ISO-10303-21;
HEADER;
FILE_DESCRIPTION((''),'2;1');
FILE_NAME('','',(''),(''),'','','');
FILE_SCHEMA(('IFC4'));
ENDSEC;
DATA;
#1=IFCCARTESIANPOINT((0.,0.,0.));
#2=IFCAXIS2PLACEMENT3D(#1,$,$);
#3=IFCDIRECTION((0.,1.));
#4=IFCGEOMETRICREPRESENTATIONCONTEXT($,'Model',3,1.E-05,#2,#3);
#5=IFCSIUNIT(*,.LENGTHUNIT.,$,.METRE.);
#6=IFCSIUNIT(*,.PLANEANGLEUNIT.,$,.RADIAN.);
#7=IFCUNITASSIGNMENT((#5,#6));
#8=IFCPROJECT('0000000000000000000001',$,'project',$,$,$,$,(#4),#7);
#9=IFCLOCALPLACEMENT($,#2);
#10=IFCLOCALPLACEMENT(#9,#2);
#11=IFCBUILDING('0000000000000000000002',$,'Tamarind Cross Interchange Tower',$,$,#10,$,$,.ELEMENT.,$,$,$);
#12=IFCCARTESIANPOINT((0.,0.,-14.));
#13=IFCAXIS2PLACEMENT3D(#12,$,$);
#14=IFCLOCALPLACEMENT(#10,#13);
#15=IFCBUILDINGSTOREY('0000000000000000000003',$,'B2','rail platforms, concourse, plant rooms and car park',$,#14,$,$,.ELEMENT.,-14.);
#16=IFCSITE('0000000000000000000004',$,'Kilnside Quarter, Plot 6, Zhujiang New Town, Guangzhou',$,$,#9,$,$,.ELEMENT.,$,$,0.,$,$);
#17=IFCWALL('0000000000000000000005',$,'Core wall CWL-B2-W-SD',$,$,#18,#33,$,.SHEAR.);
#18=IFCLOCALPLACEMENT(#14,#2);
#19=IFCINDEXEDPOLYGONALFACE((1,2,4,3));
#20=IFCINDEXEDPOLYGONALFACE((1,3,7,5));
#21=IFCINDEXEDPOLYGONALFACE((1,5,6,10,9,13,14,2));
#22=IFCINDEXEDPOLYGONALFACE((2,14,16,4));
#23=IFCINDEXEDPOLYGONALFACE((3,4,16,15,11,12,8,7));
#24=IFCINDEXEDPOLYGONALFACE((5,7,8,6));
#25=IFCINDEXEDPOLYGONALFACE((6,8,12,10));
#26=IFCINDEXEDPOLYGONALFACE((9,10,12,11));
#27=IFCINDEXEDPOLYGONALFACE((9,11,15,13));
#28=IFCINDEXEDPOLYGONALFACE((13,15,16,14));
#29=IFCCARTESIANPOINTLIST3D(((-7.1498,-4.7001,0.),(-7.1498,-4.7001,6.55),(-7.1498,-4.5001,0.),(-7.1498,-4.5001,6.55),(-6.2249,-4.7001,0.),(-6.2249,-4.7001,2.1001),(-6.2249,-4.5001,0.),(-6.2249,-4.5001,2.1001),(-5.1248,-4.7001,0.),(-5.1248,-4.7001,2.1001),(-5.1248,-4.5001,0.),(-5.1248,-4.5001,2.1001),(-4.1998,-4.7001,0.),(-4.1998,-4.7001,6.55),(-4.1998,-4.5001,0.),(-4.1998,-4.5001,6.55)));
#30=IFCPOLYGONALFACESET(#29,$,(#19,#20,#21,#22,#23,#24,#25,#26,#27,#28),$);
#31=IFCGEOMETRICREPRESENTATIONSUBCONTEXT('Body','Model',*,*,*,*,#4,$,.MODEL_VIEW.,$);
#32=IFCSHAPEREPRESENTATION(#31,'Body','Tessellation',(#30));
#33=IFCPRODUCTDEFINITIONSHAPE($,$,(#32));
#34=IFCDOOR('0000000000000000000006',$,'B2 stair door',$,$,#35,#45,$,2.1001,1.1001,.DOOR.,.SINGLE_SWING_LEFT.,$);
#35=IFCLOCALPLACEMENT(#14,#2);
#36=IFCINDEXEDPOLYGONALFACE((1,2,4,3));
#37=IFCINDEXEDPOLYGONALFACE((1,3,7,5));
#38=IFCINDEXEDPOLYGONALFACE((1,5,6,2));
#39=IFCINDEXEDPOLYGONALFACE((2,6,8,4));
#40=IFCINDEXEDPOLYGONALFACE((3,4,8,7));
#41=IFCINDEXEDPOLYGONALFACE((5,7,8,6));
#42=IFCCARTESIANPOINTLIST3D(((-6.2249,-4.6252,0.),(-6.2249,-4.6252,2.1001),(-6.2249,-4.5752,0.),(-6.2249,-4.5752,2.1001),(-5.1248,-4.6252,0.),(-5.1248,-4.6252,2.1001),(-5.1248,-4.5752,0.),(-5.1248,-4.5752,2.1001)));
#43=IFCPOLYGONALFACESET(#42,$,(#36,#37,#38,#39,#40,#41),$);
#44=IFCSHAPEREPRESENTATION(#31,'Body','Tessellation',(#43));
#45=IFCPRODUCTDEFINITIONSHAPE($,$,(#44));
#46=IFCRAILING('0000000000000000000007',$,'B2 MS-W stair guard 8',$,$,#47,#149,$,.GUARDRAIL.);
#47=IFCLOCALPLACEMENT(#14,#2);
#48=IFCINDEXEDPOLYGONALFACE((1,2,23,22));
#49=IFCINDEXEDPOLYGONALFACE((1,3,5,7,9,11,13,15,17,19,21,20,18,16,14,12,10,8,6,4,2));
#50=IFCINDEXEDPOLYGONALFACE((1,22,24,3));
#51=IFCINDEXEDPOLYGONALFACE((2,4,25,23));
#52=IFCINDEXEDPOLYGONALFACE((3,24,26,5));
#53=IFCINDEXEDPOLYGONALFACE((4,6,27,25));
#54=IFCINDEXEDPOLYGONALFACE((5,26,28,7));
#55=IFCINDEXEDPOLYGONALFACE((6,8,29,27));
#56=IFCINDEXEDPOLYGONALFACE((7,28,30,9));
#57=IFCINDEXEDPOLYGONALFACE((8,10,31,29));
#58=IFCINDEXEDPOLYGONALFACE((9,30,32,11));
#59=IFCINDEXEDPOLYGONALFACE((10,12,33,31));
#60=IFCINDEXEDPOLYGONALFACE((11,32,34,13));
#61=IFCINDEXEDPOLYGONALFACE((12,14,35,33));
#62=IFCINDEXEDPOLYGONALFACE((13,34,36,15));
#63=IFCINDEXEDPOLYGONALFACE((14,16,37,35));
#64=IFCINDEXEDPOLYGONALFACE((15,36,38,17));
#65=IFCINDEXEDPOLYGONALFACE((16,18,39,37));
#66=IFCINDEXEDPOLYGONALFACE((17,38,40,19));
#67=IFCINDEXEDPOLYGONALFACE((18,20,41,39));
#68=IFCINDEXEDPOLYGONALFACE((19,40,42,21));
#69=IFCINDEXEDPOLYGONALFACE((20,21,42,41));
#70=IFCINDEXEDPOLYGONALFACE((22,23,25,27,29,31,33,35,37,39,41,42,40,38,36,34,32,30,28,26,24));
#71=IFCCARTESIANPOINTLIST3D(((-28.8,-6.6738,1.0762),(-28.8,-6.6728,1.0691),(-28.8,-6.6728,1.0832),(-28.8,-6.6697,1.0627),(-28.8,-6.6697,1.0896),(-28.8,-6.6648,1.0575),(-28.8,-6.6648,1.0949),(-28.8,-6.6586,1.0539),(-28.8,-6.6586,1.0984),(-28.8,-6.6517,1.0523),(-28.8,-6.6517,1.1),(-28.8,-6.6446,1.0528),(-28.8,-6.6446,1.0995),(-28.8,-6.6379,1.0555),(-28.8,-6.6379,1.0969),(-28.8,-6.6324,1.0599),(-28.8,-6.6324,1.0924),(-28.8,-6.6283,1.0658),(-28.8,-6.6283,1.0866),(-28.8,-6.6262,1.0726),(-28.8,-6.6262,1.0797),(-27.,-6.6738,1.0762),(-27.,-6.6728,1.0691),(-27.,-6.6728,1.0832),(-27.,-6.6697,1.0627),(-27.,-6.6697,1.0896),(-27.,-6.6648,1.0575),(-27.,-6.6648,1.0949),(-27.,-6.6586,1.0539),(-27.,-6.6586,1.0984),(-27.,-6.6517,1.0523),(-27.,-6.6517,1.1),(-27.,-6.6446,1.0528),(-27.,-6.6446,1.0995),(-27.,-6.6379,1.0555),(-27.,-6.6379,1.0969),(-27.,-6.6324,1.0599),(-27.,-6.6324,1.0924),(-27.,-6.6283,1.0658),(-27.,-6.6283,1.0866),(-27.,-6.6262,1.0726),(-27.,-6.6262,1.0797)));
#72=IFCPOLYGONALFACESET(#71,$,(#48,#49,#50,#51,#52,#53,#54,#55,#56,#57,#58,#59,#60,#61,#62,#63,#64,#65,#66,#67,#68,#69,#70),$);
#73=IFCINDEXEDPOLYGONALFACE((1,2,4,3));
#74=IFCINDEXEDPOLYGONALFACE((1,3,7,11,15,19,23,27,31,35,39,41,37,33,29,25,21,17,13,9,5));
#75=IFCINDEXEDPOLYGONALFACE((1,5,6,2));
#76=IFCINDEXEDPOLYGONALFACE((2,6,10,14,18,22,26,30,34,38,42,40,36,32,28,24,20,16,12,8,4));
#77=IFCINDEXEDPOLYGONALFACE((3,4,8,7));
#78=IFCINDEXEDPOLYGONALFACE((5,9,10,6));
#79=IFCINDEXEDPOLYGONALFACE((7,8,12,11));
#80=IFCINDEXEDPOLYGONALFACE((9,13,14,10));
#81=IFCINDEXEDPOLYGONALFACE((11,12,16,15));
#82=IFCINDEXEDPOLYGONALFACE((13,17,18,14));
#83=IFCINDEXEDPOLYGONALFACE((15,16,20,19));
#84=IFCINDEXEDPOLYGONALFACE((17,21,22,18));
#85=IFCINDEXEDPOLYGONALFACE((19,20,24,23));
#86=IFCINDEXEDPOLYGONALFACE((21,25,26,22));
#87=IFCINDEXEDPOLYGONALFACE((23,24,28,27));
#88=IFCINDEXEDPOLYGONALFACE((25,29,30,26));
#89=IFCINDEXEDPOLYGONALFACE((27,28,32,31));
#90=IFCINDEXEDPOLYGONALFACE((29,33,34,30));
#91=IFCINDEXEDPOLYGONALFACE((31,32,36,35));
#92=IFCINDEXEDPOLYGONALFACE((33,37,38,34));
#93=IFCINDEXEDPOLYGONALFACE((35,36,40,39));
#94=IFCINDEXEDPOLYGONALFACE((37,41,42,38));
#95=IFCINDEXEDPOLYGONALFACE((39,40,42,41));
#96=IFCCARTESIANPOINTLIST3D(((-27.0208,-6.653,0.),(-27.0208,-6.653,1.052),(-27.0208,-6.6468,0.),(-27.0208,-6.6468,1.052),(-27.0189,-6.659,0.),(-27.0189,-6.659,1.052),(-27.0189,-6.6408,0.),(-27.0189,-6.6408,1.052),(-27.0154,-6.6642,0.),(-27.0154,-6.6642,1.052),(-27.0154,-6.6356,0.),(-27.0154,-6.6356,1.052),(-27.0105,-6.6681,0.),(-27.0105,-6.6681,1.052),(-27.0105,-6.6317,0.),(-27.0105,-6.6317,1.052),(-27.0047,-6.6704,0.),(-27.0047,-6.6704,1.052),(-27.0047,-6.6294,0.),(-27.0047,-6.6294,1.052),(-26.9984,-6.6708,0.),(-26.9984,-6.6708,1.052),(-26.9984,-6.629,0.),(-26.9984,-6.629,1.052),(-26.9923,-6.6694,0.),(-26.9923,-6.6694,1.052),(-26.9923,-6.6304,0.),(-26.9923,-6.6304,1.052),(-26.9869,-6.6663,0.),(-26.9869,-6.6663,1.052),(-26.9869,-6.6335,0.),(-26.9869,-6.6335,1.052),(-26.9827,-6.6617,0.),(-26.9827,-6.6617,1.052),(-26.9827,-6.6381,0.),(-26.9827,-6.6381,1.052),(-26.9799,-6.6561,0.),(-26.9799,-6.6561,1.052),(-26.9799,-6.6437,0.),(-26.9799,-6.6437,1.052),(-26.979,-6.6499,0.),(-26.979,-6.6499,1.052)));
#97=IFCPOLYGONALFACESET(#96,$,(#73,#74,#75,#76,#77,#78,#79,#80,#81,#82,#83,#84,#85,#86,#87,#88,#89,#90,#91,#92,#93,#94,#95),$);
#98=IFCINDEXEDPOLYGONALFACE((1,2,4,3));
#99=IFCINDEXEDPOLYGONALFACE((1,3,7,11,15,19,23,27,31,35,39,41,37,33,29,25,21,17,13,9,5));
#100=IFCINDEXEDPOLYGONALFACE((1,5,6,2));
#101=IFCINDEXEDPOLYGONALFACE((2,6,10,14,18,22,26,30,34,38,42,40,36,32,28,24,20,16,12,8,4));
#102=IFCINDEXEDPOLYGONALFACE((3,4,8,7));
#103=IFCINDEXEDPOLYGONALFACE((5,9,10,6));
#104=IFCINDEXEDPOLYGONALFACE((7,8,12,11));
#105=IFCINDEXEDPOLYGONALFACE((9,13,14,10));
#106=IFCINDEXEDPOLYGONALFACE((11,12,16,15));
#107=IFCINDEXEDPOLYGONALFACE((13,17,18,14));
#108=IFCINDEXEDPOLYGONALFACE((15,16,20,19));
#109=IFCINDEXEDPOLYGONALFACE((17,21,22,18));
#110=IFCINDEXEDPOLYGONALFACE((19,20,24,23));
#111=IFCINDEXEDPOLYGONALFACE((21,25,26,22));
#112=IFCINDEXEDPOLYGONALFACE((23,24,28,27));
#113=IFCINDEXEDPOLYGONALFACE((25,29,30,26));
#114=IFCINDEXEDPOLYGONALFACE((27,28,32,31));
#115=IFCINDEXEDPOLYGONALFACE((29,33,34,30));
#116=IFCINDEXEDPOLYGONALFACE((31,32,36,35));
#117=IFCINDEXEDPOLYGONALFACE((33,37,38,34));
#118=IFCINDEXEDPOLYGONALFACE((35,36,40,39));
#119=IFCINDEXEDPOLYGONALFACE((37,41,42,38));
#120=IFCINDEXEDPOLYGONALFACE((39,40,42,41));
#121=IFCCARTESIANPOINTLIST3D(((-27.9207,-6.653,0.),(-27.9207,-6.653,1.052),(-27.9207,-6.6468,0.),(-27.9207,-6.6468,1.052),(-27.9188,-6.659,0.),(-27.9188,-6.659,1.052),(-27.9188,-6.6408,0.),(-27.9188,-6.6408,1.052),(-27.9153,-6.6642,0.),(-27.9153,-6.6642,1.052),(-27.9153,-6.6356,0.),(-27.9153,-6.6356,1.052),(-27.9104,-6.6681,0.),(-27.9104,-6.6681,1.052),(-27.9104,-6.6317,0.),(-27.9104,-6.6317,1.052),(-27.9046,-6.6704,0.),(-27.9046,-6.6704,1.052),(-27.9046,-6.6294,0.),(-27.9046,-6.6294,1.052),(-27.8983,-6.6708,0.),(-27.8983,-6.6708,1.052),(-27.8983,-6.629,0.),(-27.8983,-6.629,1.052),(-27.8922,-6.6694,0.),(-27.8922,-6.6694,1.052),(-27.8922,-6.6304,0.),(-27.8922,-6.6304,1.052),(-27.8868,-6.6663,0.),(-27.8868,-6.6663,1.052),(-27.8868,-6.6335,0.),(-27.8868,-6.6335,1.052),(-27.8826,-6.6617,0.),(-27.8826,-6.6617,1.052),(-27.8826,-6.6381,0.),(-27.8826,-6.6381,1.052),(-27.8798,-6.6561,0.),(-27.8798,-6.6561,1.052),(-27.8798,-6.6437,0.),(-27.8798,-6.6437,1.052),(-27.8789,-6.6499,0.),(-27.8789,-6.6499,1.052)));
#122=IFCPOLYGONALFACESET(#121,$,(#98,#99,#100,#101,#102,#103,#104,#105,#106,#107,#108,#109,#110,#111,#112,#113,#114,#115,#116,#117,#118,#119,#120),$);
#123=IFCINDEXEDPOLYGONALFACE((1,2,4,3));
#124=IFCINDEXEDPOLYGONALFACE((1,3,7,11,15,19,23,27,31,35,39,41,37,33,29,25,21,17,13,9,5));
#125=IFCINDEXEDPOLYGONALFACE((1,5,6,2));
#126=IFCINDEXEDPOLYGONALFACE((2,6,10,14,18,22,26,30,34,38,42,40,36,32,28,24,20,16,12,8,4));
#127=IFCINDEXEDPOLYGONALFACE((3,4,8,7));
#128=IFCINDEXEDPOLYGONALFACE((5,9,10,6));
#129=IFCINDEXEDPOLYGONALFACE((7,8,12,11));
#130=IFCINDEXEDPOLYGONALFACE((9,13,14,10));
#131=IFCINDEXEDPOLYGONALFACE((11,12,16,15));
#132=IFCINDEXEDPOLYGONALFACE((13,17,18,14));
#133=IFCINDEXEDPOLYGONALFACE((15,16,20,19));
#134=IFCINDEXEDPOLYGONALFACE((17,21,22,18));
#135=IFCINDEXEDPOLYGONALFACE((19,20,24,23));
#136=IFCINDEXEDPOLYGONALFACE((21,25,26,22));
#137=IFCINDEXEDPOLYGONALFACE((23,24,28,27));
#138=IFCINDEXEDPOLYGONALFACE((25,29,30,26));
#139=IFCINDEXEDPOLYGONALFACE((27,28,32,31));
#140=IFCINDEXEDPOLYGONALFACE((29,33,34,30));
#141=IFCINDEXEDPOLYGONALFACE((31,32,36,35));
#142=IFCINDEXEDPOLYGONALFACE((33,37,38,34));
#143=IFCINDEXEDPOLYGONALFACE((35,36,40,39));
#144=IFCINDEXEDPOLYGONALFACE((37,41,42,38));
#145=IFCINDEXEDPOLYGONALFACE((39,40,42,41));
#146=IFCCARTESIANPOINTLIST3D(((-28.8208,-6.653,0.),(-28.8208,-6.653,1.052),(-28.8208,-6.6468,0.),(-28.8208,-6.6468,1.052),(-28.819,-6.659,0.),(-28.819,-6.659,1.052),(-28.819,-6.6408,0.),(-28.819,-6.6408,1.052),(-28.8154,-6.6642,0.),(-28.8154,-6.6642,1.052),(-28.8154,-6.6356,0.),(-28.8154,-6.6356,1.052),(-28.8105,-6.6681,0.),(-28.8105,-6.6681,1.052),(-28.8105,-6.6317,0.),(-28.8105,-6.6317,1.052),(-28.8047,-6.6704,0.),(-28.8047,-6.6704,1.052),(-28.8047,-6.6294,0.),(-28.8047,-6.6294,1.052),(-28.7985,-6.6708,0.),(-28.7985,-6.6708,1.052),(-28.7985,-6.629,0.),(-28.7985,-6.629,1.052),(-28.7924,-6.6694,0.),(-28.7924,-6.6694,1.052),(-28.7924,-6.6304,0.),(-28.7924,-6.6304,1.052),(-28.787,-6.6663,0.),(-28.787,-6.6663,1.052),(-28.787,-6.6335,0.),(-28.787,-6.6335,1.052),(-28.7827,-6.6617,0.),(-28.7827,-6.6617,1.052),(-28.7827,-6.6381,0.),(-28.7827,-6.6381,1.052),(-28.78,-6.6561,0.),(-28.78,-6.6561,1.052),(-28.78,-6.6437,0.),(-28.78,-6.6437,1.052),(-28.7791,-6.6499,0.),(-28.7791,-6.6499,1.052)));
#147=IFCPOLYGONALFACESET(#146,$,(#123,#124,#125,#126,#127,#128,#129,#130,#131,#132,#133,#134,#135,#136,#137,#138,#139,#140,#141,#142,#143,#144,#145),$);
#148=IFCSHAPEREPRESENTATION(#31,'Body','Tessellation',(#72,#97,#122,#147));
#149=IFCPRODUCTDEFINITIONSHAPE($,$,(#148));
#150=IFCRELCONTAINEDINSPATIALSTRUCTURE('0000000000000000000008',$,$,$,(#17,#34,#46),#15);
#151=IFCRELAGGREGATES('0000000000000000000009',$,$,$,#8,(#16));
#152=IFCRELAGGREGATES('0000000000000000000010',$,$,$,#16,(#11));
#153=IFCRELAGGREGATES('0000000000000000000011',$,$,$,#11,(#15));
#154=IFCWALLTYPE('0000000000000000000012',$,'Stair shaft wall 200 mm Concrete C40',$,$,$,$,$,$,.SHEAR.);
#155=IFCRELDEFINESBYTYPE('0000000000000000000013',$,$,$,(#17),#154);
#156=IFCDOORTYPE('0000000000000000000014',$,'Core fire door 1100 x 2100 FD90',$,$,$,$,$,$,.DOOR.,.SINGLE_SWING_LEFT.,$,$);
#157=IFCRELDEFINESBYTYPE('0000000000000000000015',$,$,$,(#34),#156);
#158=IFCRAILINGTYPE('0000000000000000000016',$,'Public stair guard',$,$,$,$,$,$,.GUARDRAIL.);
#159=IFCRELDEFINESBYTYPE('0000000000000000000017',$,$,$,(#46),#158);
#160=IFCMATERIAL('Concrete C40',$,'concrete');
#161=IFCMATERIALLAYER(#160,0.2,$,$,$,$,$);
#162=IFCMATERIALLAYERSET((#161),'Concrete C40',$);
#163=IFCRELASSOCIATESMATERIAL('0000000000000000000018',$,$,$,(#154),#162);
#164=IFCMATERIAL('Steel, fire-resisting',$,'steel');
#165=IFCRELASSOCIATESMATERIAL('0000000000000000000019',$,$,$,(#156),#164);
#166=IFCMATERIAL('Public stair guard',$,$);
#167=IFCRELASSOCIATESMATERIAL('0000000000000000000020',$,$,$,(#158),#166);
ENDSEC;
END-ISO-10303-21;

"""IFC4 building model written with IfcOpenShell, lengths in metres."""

from ifc_helpers import new_model, si_unit, direction, frame, frame_2d, origin, origin_2d, place, context, subcontext, project, spatial, rectangle, circle, extrude, material, layer, layer_set, type_object, element, fill, save


model = new_model("IFC4")

# Units and contexts
model_context = context("Model", 3, precision=1e-05, world=origin(), true_north=direction((0.0, 1.0)))
body_context = subcontext(model_context, "Body", "Model", "MODEL_VIEW")
ifc_project = project(units=[si_unit("LENGTHUNIT", "METRE"), si_unit("PLANEANGLEUNIT", "RADIAN")], contexts=[model_context])

# Site, building, storey
site_placement = place(None, origin())
site = spatial("IfcSite", under=ifc_project, at=site_placement, Name="Kilnside Quarter, Plot 6, Zhujiang New Town, Guangzhou", CompositionType="ELEMENT", RefElevation=0.0)
building_placement = place(site_placement, origin())
building = spatial("IfcBuilding", under=site, at=building_placement, Name="Tamarind Cross Interchange Tower", CompositionType="ELEMENT")
storey_placement = place(building_placement, frame((0.0, 0.0, -14.0)))
storey = spatial("IfcBuildingStorey", under=building, at=storey_placement, Name="B2", Description="rail platforms, concourse, plant rooms and car park", CompositionType="ELEMENT", Elevation=-14.0)

# Shared definitions
ifc_material_1 = material(Name="Steel, fire-resisting", Category="steel")

# Wall, opening, door
ifc_material_2 = material(Name="Concrete C40", Category="concrete")
ifc_layer_1 = layer(ifc_material_2, 0.2)
ifc_layer_set_1 = layer_set([ifc_layer_1], Name="Concrete C40")
wall_type_1 = type_object("IfcWallType", Name="Stair shaft wall 200 mm Concrete C40", PredefinedType="SHEAR", material=ifc_layer_set_1)
wall_1_placement = place(storey_placement, frame((-7.1499, -4.6001, 0.0), z_axis=(0.0, 0.0, 1.0), x_axis=(1.0, 0.0, 0.0)))
wall_1 = element("IfcWall", 1, at=wall_1_placement, inside=storey, type_object=wall_type_1, Name="Core wall CWL-B2-W-SD", PredefinedType="SHEAR", context=body_context, shape_type="SweptSolid", body=[
    extrude(rectangle(XDim=2.95, YDim=0.2, at=frame_2d((1.4751, 0.0))), origin(), (0.0, 0.0, 1.0), 6.55),
])
opening_1_placement = place(wall_1_placement, frame((0.925, 0.0, 0.0)))
opening_1 = element("IfcOpeningElement", 2, at=opening_1_placement, cuts=wall_1, PredefinedType="OPENING", context=body_context, shape_type="SweptSolid", body=[
    extrude(rectangle(XDim=1.1001, YDim=2.1001, at=frame_2d((0.55, 1.05))), frame((0.0, 0.1099, 0.0), z_axis=(0.0, -1.0, 0.0), x_axis=(1.0, 0.0, 0.0)), (0.0, 0.0, 1.0), 0.22),
])
door_type_1 = type_object("IfcDoorType", Name="Core fire door 1100 x 2100 FD90", OperationType="SINGLE_SWING_LEFT", PredefinedType="DOOR", material=ifc_material_1)
door_1_placement = place(opening_1_placement, origin())
door_1 = element("IfcDoor", 3, at=door_1_placement, inside=storey, type_object=door_type_1, Name="B2 stair door", OperationType="SINGLE_SWING_LEFT", OverallHeight=2.1001, OverallWidth=1.1001, PredefinedType="DOOR", context=body_context, shape_type="SweptSolid", body=[
    extrude(rectangle(XDim=1.1001, YDim=2.1001, at=frame_2d((0.55, 1.05))), frame((0.0, 0.0249, 0.0), z_axis=(0.0, -1.0, 0.0), x_axis=(1.0, 0.0, 0.0)), (0.0, 0.0, 1.0), 0.05),
])
fill(opening_1, door_1)

# Railing
ifc_material_3 = material(Name="Public stair guard")
railing_type_1 = type_object("IfcRailingType", Name="Public stair guard", PredefinedType="GUARDRAIL", material=ifc_material_3)
for number, where, name in (
    (4, (-27.0, -6.6499, 0.0), "B2 MS-W stair guard 8"),
):
    element("IfcRailing", number, at=place(storey_placement, frame(where)), inside=storey, type_object=railing_type_1, Name=name, PredefinedType="GUARDRAIL", context=body_context, shape_type="SweptSolid", body=[
        extrude(circle(Radius=0.0239, at=origin_2d()), frame((0.0, 0.0, 1.0762), z_axis=(-1.0, 0.0, 0.0), x_axis=(0.0, -1.0, 0.0)), (0.0, 0.0, 1.0), 1.8),
        extrude(circle(Radius=0.021, at=origin_2d()), origin(), (0.0, 0.0, 1.0), 1.052),
        extrude(circle(Radius=0.021, at=origin_2d()), frame((-0.8999, 0.0, 0.0)), (0.0, 0.0, 1.0), 1.052),
        extrude(circle(Radius=0.021, at=origin_2d()), frame((-1.8, 0.0, 0.0)), (0.0, 0.0, 1.0), 1.052),
    ])

save(model, "model.ifc")
